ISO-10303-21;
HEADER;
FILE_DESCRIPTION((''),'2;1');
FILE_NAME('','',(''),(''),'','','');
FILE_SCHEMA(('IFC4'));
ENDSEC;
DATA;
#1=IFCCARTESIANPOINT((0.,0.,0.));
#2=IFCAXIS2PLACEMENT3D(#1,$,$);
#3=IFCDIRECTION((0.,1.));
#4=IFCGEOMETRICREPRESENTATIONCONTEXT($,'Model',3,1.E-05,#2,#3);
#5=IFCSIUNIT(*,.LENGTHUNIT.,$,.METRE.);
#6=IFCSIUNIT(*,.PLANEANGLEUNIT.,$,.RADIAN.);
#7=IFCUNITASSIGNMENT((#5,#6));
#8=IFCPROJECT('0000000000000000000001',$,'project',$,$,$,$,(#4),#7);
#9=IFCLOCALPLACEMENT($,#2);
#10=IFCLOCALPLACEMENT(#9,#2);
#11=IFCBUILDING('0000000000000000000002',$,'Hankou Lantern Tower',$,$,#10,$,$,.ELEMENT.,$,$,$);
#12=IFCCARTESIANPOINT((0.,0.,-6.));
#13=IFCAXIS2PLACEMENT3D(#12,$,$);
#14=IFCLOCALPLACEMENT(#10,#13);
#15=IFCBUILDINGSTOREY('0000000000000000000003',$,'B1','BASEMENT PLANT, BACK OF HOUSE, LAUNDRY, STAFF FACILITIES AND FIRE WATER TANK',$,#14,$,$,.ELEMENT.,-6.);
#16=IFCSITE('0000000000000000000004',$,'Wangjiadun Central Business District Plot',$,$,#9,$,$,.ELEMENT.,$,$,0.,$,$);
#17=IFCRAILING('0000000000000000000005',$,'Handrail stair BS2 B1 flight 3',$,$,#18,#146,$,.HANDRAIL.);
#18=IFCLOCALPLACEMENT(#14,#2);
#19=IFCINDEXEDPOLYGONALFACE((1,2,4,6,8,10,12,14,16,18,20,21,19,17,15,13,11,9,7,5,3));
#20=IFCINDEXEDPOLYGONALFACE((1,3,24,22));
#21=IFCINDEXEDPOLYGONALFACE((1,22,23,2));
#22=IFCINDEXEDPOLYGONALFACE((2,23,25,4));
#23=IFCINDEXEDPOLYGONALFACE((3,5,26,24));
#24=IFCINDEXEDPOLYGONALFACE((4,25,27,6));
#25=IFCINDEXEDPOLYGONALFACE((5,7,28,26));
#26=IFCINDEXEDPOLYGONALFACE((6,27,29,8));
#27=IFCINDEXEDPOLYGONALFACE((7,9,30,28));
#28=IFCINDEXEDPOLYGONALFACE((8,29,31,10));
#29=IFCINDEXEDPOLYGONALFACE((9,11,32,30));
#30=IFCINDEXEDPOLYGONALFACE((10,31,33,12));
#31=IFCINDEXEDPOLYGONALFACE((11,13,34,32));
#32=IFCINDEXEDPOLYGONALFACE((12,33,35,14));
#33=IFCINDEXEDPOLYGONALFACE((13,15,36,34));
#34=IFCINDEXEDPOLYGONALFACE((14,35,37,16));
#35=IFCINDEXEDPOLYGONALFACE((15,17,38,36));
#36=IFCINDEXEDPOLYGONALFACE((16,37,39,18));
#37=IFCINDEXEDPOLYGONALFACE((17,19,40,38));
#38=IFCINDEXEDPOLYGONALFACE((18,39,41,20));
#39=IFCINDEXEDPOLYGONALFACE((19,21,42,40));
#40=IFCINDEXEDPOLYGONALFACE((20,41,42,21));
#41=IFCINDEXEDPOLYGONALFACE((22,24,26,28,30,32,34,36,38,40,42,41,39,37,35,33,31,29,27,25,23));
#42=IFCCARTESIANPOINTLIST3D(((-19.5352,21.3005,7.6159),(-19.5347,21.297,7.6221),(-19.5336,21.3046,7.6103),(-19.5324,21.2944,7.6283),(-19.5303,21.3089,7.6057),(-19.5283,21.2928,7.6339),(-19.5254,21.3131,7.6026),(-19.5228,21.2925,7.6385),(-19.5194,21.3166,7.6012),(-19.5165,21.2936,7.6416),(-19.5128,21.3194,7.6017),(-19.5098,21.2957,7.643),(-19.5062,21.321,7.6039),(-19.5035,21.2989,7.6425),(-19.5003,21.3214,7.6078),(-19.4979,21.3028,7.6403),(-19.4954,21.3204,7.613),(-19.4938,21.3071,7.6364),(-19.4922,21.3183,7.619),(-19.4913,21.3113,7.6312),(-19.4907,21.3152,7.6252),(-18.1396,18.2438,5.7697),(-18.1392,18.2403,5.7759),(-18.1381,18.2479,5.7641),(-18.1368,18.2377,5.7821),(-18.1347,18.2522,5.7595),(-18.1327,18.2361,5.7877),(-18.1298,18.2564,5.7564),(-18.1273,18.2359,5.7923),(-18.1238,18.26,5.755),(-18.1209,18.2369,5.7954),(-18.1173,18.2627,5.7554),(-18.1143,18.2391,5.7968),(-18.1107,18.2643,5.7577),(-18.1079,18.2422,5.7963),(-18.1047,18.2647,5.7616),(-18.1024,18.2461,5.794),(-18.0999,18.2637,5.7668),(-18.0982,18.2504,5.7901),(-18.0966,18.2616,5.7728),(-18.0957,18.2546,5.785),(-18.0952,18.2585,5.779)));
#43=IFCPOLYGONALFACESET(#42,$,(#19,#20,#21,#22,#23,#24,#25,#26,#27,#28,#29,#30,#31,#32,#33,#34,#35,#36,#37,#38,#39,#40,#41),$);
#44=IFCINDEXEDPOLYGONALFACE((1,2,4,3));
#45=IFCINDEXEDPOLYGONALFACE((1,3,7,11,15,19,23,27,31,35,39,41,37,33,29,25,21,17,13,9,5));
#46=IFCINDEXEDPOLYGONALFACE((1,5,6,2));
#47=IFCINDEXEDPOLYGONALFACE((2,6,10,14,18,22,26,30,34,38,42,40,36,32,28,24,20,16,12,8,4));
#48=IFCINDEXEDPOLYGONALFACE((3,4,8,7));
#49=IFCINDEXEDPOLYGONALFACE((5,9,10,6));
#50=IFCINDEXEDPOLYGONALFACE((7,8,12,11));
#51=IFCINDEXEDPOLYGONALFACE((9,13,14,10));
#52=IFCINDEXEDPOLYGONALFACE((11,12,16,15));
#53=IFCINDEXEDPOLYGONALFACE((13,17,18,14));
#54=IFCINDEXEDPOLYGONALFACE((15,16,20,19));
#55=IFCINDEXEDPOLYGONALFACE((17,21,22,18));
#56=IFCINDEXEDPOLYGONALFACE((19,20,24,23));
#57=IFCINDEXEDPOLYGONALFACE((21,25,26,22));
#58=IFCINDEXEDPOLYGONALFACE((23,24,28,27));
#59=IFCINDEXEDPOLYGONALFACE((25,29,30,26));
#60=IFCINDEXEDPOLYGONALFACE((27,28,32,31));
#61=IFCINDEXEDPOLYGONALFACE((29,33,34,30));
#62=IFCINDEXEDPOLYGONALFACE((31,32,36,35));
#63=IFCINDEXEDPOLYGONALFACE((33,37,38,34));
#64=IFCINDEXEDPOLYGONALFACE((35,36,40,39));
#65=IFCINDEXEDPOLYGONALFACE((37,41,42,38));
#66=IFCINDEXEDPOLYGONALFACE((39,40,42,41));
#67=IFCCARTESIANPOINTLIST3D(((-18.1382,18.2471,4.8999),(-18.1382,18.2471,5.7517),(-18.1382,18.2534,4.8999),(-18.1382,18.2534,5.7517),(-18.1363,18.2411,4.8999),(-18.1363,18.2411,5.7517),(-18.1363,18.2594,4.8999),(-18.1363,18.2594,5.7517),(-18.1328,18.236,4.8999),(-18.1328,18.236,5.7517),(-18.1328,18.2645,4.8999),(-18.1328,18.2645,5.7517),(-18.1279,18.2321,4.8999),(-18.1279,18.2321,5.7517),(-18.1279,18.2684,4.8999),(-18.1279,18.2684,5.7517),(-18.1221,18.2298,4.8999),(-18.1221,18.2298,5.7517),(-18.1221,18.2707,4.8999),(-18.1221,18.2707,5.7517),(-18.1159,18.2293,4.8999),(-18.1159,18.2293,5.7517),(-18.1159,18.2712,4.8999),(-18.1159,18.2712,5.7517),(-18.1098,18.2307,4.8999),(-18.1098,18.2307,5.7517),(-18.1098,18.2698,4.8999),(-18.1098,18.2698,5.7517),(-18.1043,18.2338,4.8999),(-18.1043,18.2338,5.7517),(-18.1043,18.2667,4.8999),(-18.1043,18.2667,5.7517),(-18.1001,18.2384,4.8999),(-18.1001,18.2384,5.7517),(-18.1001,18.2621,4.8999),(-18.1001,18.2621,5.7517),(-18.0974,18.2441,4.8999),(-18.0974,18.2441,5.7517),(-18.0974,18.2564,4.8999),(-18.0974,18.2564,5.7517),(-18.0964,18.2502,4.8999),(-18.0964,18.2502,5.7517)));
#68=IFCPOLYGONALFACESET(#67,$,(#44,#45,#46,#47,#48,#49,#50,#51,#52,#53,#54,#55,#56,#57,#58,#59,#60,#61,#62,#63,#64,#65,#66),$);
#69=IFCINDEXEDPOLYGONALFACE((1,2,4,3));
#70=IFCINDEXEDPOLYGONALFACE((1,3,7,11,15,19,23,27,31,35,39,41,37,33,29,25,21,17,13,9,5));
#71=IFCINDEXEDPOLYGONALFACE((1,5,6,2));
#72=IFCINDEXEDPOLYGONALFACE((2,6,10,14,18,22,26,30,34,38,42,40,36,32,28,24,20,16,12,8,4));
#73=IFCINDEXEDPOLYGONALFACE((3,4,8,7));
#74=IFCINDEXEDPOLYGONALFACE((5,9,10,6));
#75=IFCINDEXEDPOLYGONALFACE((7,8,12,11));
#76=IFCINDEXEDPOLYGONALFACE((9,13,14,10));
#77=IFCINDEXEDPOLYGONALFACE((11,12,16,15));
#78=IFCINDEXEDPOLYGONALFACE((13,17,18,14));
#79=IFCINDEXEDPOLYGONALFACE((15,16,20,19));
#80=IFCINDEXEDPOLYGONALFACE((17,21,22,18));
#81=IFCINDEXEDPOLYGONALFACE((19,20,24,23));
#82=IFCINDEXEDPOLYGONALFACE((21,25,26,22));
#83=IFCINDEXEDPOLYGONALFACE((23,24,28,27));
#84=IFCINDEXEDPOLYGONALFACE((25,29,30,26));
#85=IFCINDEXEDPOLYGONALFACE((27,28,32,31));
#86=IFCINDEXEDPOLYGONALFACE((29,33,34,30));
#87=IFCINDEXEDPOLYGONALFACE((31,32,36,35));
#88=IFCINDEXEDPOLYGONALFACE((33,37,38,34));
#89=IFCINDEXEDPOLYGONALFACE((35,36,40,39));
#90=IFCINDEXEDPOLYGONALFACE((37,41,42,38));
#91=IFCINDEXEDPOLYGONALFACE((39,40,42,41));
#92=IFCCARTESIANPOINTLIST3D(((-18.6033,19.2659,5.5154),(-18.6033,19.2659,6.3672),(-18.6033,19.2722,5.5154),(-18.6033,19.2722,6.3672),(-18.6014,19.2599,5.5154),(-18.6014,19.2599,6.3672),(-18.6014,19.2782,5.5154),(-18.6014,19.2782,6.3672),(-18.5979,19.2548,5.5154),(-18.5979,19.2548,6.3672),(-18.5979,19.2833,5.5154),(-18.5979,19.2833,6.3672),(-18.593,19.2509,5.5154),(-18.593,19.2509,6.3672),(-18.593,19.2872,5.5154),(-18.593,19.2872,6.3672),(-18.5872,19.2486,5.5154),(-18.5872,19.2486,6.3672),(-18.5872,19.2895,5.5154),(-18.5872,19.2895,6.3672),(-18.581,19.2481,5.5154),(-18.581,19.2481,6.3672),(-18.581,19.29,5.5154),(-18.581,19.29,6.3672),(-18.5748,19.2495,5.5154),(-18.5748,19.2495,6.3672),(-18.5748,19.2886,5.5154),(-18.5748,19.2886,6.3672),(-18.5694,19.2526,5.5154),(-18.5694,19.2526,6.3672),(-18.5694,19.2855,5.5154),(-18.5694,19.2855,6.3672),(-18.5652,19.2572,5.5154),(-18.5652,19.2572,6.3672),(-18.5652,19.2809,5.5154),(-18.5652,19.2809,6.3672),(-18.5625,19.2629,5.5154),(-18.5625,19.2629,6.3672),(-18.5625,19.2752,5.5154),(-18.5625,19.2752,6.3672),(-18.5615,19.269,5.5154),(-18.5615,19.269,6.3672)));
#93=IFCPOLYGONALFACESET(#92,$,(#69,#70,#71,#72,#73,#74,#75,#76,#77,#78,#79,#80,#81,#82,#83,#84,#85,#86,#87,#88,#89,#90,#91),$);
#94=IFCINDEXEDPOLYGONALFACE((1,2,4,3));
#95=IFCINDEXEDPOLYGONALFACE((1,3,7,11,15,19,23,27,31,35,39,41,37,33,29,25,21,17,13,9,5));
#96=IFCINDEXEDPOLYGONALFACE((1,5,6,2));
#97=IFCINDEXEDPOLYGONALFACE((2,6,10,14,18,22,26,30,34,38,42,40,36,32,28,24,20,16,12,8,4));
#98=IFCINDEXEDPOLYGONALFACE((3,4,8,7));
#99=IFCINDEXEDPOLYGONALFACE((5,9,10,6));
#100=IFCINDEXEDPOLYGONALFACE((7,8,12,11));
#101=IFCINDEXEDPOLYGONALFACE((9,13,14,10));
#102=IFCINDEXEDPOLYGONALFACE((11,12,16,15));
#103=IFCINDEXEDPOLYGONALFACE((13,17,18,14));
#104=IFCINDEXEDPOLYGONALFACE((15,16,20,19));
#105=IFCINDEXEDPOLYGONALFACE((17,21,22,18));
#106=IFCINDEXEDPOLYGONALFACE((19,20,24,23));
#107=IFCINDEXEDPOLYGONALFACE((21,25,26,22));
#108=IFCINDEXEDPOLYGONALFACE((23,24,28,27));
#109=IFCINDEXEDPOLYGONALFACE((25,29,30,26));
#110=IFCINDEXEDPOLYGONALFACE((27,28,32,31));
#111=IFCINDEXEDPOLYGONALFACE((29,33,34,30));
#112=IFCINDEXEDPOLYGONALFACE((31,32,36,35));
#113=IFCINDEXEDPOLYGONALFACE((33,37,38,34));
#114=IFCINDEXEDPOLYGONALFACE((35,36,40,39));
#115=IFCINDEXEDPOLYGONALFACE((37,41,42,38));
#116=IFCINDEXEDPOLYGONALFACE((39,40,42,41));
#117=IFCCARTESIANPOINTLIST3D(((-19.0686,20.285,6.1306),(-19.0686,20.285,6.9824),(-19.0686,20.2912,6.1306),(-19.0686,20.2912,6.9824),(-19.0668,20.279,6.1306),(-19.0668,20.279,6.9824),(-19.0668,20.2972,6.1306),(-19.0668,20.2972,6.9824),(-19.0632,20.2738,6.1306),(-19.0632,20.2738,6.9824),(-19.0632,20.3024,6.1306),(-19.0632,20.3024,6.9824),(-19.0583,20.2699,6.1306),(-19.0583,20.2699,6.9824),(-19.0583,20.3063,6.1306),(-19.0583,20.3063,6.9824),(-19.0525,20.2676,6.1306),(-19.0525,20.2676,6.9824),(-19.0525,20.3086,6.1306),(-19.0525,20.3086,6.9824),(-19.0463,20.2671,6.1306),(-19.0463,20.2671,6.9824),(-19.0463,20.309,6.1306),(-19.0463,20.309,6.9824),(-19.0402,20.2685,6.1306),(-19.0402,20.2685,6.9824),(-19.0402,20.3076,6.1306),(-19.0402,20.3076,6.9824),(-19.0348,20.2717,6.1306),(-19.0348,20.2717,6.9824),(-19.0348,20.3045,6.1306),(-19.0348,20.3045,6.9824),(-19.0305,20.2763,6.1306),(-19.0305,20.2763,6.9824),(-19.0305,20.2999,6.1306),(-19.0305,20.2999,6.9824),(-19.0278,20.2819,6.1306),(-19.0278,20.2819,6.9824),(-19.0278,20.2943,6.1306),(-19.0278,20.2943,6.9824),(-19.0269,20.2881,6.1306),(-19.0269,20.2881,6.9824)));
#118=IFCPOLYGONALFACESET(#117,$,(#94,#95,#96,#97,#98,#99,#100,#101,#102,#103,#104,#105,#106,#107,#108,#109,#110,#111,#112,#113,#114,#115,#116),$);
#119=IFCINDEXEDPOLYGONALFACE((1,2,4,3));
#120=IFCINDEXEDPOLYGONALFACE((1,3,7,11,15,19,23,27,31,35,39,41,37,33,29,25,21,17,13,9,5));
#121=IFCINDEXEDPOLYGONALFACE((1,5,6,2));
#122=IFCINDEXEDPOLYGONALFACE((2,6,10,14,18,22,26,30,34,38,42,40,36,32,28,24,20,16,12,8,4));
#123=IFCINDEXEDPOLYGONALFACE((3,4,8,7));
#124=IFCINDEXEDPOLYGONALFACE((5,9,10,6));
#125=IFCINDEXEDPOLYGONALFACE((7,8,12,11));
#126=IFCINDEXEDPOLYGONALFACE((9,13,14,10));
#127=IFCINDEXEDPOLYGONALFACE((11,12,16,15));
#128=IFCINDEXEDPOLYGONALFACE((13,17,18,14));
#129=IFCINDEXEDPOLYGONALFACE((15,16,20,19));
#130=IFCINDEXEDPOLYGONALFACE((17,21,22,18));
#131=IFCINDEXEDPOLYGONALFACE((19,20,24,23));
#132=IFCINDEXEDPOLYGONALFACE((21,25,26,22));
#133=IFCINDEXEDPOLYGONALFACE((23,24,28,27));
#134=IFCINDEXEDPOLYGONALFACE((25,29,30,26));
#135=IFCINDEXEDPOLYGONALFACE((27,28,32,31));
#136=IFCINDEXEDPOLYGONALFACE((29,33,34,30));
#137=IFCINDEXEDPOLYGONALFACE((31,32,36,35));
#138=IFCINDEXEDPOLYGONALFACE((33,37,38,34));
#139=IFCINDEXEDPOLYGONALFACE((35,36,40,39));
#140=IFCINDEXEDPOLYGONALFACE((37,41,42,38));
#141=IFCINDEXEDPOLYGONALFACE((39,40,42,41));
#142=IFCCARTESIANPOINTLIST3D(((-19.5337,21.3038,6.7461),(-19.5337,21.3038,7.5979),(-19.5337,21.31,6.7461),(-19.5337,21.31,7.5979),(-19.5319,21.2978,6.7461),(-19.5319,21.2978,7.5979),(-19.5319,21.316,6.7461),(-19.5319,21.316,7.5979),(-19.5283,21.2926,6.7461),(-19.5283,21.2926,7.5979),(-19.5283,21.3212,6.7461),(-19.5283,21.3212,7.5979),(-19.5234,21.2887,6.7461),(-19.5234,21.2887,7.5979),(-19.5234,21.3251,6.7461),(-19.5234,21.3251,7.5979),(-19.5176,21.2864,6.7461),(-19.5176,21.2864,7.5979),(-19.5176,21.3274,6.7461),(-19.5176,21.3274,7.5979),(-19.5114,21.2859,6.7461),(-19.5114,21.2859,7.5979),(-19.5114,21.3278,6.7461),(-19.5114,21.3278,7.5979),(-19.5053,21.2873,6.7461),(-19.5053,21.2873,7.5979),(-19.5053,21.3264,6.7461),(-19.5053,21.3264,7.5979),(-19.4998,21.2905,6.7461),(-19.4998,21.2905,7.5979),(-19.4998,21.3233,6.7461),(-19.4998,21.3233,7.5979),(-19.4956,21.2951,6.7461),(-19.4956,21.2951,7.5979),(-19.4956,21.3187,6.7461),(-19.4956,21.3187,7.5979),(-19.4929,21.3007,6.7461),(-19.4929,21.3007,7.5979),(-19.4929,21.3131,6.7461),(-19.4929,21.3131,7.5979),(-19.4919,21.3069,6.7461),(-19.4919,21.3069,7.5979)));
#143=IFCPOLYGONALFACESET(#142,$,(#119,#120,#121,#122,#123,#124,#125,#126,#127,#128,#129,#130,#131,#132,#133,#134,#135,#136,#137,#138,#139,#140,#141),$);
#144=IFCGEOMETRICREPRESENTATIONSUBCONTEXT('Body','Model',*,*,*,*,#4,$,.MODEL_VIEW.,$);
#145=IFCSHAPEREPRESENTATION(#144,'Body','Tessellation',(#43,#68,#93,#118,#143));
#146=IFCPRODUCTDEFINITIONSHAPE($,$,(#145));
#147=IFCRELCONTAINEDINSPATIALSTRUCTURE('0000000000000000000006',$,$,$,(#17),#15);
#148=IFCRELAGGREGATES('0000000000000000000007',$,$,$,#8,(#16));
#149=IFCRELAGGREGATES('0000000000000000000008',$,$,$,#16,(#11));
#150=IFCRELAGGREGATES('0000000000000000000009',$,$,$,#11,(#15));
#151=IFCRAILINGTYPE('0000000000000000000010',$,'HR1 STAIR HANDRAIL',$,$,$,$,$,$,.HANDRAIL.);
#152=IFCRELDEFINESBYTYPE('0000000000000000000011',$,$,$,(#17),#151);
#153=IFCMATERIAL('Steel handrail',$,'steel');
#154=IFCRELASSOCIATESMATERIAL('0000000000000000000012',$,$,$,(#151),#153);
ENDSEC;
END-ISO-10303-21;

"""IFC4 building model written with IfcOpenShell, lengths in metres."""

from ifc_helpers import new_model, si_unit, direction, frame, origin, origin_2d, place, context, subcontext, project, spatial, circle, extrude, material, type_object, element, save


model = new_model("IFC4")

# Units and contexts
model_context = context("Model", 3, precision=1e-05, world=origin(), true_north=direction((0.0, 1.0)))
body_context = subcontext(model_context, "Body", "Model", "MODEL_VIEW")
ifc_project = project(units=[si_unit("LENGTHUNIT", "METRE"), si_unit("PLANEANGLEUNIT", "RADIAN")], contexts=[model_context])

# Site, building, storey
site_placement = place(None, origin())
site = spatial("IfcSite", under=ifc_project, at=site_placement, Name="Wangjiadun Central Business District Plot", CompositionType="ELEMENT", RefElevation=0.0)
building_placement = place(site_placement, origin())
building = spatial("IfcBuilding", under=site, at=building_placement, Name="Hankou Lantern Tower", CompositionType="ELEMENT")
storey_placement = place(building_placement, frame((0.0, 0.0, -6.0)))
storey = spatial("IfcBuildingStorey", under=building, at=storey_placement, Name="B1", Description="BASEMENT PLANT, BACK OF HOUSE, LAUNDRY, STAFF FACILITIES AND FIRE WATER TANK", CompositionType="ELEMENT", Elevation=-6.0)

# Railing
ifc_material_1 = material(Name="Steel handrail", Category="steel")
railing_type = type_object("IfcRailingType", Name="HR1 STAIR HANDRAIL", PredefinedType="HANDRAIL", material=ifc_material_1)
railing_1_placement = place(storey_placement, frame((-18.1174, 18.2502, 4.8999)))
element("IfcRailing", 1, at=railing_1_placement, inside=storey, type_object=railing_type, Name="Handrail stair BS2 B1 flight 3", PredefinedType="HANDRAIL", context=body_context, shape_type="SweptSolid", body=[
    extrude(circle(Radius=0.0239, at=origin_2d()), frame((0.0, 0.0, 0.876), z_axis=(-0.36399, 0.797263, 0.481542), x_axis=(-0.909678, -0.415313, 0.0)), (0.0, 0.0, 1.0), 3.834),
    extrude(circle(Radius=0.021, at=origin_2d()), origin(), (0.0, 0.0, 1.0), 0.8518),
    extrude(circle(Radius=0.021, at=origin_2d()), frame((-0.4651, 1.0188, 0.6155)), (0.0, 0.0, 1.0), 0.8518),
    extrude(circle(Radius=0.021, at=origin_2d()), frame((-0.9304, 2.0378, 1.2307)), (0.0, 0.0, 1.0), 0.8518),
    extrude(circle(Radius=0.021, at=origin_2d()), frame((-1.3955, 3.0566, 1.8462)), (0.0, 0.0, 1.0), 0.8518),
])

save(model, "model.ifc")
